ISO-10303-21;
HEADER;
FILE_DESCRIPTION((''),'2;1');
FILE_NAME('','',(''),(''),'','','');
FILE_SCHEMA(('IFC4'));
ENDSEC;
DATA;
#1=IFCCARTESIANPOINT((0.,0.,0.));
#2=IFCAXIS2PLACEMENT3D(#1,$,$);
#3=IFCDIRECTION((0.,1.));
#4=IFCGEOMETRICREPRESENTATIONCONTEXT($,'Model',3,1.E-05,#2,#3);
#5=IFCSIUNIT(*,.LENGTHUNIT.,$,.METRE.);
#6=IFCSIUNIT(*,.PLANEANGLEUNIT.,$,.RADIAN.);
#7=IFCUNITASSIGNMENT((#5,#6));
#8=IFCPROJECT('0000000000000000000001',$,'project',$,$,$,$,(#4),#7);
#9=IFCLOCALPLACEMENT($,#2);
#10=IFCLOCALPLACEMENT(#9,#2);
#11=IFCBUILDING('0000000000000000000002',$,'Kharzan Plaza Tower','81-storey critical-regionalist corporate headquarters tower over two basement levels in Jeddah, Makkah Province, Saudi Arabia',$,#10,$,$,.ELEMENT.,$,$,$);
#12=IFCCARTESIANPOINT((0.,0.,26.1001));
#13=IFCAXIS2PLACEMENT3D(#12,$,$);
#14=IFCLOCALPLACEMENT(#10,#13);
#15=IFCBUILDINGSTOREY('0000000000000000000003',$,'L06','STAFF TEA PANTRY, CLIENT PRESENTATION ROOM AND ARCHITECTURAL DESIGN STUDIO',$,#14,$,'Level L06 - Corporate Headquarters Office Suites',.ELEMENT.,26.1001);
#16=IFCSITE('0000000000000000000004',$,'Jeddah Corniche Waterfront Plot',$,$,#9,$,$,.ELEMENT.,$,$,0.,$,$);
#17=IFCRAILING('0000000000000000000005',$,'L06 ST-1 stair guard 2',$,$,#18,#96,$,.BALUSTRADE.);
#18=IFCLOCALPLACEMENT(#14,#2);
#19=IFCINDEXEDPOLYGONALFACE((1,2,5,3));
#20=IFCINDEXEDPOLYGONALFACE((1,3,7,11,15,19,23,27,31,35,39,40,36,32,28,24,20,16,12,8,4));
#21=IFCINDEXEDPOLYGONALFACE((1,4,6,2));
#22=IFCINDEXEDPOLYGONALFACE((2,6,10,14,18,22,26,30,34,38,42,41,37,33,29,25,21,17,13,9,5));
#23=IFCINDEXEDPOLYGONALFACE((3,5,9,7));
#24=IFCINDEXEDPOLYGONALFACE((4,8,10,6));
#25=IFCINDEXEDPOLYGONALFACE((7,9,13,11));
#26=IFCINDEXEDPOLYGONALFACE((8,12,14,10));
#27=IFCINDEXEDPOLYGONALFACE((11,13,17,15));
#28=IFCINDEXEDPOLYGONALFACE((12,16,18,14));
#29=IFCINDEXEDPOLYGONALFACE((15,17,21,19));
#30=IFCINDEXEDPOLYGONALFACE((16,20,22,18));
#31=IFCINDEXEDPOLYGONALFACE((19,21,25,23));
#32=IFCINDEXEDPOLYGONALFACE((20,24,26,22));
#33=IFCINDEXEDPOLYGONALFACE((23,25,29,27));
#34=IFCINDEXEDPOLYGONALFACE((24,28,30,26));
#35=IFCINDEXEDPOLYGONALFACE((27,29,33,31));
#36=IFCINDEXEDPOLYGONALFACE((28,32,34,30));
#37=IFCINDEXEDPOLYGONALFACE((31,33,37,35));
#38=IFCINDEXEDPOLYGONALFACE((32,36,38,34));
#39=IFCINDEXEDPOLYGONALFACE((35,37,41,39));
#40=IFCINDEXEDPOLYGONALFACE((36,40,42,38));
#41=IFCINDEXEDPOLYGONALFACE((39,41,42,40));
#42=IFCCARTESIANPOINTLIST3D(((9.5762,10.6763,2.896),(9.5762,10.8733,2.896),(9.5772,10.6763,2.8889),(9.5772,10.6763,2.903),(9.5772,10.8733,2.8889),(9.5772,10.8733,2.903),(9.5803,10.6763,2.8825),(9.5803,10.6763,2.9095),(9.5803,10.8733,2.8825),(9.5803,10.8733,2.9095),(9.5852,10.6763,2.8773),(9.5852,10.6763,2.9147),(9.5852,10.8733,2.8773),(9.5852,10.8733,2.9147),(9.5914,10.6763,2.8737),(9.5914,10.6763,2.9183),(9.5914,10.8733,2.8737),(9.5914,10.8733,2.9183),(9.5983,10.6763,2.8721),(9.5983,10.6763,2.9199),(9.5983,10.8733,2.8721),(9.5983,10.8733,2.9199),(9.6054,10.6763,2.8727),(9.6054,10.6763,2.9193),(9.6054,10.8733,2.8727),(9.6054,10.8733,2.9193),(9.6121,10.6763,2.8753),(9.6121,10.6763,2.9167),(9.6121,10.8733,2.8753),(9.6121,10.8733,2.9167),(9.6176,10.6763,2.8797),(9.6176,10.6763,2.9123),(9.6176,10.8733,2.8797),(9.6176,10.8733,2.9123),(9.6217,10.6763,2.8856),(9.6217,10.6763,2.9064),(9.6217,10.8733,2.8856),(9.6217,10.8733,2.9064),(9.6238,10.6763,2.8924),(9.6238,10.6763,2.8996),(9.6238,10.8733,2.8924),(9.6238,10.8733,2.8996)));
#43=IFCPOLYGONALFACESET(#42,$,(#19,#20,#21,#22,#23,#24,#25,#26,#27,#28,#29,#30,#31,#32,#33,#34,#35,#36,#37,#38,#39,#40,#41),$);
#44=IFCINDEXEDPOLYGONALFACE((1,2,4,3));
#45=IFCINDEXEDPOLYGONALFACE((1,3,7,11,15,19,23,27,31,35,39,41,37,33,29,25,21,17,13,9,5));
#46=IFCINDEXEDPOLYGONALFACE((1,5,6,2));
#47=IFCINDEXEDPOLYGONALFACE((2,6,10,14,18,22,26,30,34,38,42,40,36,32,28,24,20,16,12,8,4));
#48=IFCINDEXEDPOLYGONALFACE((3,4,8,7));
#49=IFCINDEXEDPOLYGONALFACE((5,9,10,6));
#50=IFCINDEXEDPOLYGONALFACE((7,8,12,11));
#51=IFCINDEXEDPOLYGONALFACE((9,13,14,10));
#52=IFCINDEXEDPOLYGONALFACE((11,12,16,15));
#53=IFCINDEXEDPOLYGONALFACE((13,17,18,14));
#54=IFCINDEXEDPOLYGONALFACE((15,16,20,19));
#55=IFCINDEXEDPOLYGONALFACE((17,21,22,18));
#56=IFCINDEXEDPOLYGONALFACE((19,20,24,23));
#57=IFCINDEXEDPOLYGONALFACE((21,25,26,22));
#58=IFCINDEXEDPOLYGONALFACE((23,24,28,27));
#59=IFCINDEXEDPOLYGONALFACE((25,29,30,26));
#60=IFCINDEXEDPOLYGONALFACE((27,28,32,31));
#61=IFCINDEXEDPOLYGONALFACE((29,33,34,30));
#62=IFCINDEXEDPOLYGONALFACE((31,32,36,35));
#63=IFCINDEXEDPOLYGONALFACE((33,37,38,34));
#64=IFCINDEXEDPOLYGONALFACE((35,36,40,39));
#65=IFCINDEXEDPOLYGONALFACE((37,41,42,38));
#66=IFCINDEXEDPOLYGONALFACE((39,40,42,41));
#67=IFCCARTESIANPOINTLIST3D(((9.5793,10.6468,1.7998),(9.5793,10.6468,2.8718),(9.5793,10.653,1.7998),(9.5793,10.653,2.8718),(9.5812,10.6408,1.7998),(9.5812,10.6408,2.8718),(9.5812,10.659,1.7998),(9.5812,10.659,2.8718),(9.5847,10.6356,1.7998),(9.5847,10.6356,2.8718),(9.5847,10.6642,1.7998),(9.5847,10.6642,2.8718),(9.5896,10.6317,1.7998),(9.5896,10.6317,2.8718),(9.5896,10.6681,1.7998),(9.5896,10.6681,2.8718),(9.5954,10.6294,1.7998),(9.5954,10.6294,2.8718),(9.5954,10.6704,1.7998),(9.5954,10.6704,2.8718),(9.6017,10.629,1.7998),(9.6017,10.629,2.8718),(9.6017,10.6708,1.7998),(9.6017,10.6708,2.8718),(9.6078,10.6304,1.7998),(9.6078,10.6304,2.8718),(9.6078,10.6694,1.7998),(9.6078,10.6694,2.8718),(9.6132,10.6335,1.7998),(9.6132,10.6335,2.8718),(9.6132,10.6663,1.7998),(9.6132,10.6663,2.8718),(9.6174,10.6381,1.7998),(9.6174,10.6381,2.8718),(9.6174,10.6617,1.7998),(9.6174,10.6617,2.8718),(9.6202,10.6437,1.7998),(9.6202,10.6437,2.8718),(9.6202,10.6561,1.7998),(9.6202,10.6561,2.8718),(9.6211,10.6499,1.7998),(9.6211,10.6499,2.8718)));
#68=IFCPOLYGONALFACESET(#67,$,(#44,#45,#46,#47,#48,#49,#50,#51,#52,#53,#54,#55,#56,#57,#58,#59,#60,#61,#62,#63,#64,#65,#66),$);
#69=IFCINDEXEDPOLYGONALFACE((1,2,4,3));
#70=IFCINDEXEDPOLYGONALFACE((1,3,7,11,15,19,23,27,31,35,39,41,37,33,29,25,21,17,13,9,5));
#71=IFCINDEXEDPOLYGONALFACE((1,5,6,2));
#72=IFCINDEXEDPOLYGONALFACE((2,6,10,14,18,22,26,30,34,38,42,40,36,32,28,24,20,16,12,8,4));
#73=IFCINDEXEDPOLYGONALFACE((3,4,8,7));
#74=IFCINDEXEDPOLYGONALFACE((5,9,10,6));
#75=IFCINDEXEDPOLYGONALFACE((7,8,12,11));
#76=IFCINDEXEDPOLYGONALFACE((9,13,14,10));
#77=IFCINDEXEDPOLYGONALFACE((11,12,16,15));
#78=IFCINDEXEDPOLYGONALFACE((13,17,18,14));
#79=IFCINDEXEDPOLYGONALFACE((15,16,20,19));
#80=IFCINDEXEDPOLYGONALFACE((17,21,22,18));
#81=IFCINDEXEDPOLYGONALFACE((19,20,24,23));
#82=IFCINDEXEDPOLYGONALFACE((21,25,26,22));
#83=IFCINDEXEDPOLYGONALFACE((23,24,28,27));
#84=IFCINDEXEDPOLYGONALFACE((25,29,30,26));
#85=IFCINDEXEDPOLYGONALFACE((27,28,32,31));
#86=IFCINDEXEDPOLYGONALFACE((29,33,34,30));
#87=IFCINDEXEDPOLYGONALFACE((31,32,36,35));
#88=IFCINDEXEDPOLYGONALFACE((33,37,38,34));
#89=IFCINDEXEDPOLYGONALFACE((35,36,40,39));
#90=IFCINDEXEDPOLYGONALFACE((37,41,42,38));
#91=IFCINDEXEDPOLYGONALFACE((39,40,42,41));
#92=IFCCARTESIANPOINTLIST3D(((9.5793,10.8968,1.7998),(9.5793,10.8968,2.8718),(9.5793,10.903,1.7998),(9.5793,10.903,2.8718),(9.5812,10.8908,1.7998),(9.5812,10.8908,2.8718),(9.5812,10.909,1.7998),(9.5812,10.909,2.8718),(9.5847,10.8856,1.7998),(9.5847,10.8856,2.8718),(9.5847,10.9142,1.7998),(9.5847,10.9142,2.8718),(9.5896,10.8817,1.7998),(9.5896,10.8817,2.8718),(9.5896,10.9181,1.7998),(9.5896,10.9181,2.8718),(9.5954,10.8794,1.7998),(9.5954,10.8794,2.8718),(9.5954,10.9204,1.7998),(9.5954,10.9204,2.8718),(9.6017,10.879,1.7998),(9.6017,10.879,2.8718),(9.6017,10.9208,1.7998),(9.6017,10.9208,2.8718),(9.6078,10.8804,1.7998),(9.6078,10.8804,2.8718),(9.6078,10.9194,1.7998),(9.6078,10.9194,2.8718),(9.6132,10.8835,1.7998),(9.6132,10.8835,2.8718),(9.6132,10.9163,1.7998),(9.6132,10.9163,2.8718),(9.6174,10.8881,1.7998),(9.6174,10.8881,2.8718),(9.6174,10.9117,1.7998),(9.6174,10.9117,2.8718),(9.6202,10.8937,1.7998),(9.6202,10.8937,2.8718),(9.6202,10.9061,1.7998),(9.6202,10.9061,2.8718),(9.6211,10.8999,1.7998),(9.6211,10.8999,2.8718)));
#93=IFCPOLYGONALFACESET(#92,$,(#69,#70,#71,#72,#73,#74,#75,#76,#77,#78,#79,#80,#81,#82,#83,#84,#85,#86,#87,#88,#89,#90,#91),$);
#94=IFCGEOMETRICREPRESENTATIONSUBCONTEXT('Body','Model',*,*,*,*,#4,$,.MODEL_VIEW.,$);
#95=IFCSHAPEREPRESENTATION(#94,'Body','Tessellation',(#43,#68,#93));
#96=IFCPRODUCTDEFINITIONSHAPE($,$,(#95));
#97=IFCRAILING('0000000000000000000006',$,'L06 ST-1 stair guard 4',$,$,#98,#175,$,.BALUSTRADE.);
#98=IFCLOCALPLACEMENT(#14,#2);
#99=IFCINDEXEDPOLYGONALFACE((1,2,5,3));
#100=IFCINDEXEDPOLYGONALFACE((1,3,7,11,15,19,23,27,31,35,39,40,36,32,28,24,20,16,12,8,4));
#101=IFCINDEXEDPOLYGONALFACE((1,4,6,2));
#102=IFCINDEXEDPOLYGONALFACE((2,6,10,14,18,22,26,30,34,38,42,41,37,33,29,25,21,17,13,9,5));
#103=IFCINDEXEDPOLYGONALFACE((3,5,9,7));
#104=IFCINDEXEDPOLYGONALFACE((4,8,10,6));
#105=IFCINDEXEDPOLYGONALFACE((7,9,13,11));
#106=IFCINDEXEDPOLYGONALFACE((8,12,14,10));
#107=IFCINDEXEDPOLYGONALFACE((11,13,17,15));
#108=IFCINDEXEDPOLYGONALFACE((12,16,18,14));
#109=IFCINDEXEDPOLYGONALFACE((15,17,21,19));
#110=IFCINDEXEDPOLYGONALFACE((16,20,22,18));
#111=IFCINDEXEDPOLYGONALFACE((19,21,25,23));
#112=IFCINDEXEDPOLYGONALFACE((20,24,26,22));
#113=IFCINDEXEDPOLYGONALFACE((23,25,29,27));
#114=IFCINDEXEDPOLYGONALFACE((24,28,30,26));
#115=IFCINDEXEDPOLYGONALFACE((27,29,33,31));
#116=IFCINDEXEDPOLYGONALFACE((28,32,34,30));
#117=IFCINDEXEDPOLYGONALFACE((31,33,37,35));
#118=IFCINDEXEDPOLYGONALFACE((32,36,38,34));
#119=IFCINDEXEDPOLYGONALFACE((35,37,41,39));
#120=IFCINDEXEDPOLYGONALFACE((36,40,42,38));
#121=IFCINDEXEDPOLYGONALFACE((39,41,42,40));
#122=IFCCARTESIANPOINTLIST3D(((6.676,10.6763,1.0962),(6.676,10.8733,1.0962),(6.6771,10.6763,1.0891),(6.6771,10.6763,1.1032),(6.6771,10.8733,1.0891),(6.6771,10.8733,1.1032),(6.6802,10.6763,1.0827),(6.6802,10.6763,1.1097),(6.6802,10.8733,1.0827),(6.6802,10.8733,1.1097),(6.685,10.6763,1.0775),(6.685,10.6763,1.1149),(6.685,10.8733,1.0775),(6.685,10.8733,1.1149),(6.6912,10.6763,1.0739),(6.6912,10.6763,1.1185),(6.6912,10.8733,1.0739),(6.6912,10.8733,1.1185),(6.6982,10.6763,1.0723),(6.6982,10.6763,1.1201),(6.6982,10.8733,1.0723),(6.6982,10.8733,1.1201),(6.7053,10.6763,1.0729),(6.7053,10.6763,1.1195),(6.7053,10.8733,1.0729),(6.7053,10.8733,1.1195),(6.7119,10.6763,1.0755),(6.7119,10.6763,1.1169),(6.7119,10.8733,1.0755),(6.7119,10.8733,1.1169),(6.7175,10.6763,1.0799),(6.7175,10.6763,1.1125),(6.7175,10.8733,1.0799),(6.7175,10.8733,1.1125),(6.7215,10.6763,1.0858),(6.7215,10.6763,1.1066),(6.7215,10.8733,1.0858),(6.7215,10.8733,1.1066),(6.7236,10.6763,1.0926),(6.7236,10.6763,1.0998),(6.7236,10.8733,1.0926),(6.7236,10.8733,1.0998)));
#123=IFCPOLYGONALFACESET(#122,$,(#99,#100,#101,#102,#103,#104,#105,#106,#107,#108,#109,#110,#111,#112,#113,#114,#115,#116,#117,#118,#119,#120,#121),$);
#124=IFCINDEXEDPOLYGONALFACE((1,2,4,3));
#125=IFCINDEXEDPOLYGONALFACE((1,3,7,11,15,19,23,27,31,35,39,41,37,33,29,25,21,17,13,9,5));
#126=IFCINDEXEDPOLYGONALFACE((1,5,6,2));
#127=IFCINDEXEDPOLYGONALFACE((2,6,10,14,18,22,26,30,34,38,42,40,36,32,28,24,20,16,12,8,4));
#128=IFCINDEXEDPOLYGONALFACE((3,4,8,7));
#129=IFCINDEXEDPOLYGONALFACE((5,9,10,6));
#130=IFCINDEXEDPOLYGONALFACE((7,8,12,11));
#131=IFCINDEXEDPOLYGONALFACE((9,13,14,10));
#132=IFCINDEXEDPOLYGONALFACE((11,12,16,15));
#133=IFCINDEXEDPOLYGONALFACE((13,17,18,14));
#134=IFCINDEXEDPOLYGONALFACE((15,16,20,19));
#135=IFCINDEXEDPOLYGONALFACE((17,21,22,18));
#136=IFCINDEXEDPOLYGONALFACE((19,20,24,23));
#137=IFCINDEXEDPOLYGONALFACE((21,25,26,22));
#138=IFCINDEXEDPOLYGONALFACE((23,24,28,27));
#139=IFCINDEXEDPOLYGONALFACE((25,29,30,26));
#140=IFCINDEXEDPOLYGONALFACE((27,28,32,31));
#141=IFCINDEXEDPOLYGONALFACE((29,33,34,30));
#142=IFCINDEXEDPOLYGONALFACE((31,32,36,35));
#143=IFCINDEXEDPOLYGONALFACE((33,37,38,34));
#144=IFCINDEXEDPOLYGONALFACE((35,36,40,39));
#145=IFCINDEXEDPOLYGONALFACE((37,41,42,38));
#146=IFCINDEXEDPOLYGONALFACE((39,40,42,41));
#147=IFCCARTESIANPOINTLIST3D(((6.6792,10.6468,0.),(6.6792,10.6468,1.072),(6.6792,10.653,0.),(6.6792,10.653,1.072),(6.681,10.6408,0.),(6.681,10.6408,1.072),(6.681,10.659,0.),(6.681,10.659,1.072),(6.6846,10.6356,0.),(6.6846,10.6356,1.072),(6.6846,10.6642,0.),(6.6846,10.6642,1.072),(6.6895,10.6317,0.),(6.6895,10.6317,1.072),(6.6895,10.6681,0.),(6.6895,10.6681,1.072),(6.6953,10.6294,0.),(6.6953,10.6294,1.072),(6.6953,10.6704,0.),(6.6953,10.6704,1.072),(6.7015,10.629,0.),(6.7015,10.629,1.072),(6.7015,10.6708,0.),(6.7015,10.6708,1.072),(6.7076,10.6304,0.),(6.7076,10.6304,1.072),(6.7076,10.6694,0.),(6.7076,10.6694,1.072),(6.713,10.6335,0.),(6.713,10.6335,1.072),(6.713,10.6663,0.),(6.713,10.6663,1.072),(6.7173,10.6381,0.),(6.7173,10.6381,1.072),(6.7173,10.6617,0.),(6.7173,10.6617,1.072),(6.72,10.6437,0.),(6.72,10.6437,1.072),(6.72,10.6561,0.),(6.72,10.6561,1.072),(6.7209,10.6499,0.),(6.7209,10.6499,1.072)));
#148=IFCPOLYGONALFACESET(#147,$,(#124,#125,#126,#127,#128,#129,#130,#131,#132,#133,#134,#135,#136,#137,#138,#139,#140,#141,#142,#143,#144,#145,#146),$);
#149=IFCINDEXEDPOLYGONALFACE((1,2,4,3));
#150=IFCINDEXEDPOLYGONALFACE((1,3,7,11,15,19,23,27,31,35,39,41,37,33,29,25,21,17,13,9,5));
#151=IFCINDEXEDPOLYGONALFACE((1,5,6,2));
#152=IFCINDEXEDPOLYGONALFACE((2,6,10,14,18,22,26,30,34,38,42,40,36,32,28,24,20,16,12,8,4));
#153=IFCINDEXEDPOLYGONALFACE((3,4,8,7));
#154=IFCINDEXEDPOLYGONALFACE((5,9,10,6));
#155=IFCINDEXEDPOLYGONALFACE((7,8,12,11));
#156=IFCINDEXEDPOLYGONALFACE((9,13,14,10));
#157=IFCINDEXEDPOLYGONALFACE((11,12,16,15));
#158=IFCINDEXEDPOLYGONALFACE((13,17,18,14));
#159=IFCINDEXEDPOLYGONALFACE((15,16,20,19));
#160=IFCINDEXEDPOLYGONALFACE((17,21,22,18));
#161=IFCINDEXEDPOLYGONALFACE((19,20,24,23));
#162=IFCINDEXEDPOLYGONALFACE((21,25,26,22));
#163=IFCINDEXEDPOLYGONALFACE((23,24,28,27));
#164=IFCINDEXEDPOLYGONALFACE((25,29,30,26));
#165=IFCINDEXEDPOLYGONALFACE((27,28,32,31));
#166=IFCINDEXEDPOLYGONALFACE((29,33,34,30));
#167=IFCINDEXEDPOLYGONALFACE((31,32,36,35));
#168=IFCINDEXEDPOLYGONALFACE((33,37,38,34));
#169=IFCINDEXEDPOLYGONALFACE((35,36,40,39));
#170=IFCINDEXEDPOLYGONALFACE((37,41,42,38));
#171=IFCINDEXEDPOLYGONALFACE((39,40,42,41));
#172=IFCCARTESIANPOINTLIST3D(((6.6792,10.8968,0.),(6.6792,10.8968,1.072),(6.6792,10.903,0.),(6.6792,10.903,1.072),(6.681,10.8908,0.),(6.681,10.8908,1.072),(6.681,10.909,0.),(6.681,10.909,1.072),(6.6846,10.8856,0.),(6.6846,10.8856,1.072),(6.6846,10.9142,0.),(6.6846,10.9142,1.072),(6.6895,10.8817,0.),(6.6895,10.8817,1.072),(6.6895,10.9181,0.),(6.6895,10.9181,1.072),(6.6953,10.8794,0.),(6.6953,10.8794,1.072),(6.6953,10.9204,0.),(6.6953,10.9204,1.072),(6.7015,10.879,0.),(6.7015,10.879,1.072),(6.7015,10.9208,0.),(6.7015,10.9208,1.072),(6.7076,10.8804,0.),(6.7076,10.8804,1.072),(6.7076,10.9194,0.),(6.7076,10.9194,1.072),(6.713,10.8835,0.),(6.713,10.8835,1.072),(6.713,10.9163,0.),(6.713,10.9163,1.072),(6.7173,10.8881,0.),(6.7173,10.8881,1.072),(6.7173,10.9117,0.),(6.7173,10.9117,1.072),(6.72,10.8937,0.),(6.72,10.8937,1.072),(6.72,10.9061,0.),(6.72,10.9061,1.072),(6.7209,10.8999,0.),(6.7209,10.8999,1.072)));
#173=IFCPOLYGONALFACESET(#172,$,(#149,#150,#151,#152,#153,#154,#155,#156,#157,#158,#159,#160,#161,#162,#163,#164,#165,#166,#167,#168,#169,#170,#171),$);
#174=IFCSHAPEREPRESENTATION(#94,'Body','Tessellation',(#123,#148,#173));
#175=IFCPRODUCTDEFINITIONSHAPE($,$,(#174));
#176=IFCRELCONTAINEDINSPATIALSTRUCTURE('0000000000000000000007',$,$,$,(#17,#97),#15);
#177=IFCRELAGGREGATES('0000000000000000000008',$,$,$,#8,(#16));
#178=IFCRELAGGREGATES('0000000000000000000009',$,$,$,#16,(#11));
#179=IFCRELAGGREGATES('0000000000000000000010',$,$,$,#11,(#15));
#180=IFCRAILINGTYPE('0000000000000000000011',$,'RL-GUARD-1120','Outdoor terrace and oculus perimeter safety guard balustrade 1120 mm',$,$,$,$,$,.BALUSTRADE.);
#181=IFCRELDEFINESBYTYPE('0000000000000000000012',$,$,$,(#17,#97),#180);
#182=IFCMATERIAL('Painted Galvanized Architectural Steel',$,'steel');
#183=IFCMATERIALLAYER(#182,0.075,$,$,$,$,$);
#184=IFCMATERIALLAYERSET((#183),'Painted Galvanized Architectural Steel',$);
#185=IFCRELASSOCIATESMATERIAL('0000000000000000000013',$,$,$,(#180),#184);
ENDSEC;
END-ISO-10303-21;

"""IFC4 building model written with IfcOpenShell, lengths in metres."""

from ifc_helpers import new_model, si_unit, direction, frame, origin, origin_2d, place, context, subcontext, project, spatial, circle, extrude, source, transform, mapped, material, layer, layer_set, type_object, element, save


model = new_model("IFC4")

# Units and contexts
model_context = context("Model", 3, precision=1e-05, world=origin(), true_north=direction((0.0, 1.0)))
body_context = subcontext(model_context, "Body", "Model", "MODEL_VIEW")
ifc_project = project(units=[si_unit("LENGTHUNIT", "METRE"), si_unit("PLANEANGLEUNIT", "RADIAN")], contexts=[model_context])

# Site, building, storey
site_placement = place(None, origin())
site = spatial("IfcSite", under=ifc_project, at=site_placement, Name="Jeddah Corniche Waterfront Plot", CompositionType="ELEMENT", RefElevation=0.0)
building_placement = place(site_placement, origin())
building = spatial("IfcBuilding", under=site, at=building_placement, Name="Kharzan Plaza Tower", Description="81-storey critical-regionalist corporate headquarters tower over two basement levels in Jeddah, Makkah Province, Saudi Arabia", CompositionType="ELEMENT")
storey_placement = place(building_placement, frame((0.0, 0.0, 26.1001)))
storey = spatial("IfcBuildingStorey", under=building, at=storey_placement, Name="L06", Description="STAFF TEA PANTRY, CLIENT PRESENTATION ROOM AND ARCHITECTURAL DESIGN STUDIO", LongName="Level L06 - Corporate Headquarters Office Suites", CompositionType="ELEMENT", Elevation=26.1001)

# Railings
ifc_material_1 = material(Name="Painted Galvanized Architectural Steel", Category="steel")
ifc_layer_1 = layer(ifc_material_1, 0.075)
ifc_layer_set_1 = layer_set([ifc_layer_1], Name="Painted Galvanized Architectural Steel")
railing_type_1 = type_object("IfcRailingType", Name="RL-GUARD-1120", Description="Outdoor terrace and oculus perimeter safety guard balustrade 1120 mm", PredefinedType="BALUSTRADE", material=ifc_layer_set_1)
shared_shape_1 = source(origin(), body_context, "Body", "SweptSolid", [
    extrude(circle(Radius=0.0239, at=origin_2d()), frame((0.0, 0.0264, 1.0962), z_axis=(0.0, 1.0, 0.0), x_axis=(-1.0, 0.0, 0.0)), (0.0, 0.0, 1.0), 0.197),
    extrude(circle(Radius=0.021, at=origin_2d()), origin(), (0.0, 0.0, 1.0), 1.072),
    extrude(circle(Radius=0.021, at=origin_2d()), frame((0.0, 0.25, 0.0)), (0.0, 0.0, 1.0), 1.072),
])
for number, where, name in (
    (1, (9.6001, 10.6499, 1.7998), "L06 ST-1 stair guard 2"),
    (2, (6.7, 10.6499, 0.0), "L06 ST-1 stair guard 4"),
):
    element("IfcRailing", number, at=place(storey_placement, frame(where)), inside=storey, type_object=railing_type_1, Name=name, PredefinedType="BALUSTRADE", context=body_context, shape_type="MappedRepresentation", body=[
        mapped(shared_shape_1, transform((0.0, 0.0, 0.0), x_axis=(1.0, 0.0, 0.0), y_axis=(0.0, 1.0, 0.0), z_axis=(0.0, 0.0, 1.0))),
    ])

save(model, "model.ifc")
